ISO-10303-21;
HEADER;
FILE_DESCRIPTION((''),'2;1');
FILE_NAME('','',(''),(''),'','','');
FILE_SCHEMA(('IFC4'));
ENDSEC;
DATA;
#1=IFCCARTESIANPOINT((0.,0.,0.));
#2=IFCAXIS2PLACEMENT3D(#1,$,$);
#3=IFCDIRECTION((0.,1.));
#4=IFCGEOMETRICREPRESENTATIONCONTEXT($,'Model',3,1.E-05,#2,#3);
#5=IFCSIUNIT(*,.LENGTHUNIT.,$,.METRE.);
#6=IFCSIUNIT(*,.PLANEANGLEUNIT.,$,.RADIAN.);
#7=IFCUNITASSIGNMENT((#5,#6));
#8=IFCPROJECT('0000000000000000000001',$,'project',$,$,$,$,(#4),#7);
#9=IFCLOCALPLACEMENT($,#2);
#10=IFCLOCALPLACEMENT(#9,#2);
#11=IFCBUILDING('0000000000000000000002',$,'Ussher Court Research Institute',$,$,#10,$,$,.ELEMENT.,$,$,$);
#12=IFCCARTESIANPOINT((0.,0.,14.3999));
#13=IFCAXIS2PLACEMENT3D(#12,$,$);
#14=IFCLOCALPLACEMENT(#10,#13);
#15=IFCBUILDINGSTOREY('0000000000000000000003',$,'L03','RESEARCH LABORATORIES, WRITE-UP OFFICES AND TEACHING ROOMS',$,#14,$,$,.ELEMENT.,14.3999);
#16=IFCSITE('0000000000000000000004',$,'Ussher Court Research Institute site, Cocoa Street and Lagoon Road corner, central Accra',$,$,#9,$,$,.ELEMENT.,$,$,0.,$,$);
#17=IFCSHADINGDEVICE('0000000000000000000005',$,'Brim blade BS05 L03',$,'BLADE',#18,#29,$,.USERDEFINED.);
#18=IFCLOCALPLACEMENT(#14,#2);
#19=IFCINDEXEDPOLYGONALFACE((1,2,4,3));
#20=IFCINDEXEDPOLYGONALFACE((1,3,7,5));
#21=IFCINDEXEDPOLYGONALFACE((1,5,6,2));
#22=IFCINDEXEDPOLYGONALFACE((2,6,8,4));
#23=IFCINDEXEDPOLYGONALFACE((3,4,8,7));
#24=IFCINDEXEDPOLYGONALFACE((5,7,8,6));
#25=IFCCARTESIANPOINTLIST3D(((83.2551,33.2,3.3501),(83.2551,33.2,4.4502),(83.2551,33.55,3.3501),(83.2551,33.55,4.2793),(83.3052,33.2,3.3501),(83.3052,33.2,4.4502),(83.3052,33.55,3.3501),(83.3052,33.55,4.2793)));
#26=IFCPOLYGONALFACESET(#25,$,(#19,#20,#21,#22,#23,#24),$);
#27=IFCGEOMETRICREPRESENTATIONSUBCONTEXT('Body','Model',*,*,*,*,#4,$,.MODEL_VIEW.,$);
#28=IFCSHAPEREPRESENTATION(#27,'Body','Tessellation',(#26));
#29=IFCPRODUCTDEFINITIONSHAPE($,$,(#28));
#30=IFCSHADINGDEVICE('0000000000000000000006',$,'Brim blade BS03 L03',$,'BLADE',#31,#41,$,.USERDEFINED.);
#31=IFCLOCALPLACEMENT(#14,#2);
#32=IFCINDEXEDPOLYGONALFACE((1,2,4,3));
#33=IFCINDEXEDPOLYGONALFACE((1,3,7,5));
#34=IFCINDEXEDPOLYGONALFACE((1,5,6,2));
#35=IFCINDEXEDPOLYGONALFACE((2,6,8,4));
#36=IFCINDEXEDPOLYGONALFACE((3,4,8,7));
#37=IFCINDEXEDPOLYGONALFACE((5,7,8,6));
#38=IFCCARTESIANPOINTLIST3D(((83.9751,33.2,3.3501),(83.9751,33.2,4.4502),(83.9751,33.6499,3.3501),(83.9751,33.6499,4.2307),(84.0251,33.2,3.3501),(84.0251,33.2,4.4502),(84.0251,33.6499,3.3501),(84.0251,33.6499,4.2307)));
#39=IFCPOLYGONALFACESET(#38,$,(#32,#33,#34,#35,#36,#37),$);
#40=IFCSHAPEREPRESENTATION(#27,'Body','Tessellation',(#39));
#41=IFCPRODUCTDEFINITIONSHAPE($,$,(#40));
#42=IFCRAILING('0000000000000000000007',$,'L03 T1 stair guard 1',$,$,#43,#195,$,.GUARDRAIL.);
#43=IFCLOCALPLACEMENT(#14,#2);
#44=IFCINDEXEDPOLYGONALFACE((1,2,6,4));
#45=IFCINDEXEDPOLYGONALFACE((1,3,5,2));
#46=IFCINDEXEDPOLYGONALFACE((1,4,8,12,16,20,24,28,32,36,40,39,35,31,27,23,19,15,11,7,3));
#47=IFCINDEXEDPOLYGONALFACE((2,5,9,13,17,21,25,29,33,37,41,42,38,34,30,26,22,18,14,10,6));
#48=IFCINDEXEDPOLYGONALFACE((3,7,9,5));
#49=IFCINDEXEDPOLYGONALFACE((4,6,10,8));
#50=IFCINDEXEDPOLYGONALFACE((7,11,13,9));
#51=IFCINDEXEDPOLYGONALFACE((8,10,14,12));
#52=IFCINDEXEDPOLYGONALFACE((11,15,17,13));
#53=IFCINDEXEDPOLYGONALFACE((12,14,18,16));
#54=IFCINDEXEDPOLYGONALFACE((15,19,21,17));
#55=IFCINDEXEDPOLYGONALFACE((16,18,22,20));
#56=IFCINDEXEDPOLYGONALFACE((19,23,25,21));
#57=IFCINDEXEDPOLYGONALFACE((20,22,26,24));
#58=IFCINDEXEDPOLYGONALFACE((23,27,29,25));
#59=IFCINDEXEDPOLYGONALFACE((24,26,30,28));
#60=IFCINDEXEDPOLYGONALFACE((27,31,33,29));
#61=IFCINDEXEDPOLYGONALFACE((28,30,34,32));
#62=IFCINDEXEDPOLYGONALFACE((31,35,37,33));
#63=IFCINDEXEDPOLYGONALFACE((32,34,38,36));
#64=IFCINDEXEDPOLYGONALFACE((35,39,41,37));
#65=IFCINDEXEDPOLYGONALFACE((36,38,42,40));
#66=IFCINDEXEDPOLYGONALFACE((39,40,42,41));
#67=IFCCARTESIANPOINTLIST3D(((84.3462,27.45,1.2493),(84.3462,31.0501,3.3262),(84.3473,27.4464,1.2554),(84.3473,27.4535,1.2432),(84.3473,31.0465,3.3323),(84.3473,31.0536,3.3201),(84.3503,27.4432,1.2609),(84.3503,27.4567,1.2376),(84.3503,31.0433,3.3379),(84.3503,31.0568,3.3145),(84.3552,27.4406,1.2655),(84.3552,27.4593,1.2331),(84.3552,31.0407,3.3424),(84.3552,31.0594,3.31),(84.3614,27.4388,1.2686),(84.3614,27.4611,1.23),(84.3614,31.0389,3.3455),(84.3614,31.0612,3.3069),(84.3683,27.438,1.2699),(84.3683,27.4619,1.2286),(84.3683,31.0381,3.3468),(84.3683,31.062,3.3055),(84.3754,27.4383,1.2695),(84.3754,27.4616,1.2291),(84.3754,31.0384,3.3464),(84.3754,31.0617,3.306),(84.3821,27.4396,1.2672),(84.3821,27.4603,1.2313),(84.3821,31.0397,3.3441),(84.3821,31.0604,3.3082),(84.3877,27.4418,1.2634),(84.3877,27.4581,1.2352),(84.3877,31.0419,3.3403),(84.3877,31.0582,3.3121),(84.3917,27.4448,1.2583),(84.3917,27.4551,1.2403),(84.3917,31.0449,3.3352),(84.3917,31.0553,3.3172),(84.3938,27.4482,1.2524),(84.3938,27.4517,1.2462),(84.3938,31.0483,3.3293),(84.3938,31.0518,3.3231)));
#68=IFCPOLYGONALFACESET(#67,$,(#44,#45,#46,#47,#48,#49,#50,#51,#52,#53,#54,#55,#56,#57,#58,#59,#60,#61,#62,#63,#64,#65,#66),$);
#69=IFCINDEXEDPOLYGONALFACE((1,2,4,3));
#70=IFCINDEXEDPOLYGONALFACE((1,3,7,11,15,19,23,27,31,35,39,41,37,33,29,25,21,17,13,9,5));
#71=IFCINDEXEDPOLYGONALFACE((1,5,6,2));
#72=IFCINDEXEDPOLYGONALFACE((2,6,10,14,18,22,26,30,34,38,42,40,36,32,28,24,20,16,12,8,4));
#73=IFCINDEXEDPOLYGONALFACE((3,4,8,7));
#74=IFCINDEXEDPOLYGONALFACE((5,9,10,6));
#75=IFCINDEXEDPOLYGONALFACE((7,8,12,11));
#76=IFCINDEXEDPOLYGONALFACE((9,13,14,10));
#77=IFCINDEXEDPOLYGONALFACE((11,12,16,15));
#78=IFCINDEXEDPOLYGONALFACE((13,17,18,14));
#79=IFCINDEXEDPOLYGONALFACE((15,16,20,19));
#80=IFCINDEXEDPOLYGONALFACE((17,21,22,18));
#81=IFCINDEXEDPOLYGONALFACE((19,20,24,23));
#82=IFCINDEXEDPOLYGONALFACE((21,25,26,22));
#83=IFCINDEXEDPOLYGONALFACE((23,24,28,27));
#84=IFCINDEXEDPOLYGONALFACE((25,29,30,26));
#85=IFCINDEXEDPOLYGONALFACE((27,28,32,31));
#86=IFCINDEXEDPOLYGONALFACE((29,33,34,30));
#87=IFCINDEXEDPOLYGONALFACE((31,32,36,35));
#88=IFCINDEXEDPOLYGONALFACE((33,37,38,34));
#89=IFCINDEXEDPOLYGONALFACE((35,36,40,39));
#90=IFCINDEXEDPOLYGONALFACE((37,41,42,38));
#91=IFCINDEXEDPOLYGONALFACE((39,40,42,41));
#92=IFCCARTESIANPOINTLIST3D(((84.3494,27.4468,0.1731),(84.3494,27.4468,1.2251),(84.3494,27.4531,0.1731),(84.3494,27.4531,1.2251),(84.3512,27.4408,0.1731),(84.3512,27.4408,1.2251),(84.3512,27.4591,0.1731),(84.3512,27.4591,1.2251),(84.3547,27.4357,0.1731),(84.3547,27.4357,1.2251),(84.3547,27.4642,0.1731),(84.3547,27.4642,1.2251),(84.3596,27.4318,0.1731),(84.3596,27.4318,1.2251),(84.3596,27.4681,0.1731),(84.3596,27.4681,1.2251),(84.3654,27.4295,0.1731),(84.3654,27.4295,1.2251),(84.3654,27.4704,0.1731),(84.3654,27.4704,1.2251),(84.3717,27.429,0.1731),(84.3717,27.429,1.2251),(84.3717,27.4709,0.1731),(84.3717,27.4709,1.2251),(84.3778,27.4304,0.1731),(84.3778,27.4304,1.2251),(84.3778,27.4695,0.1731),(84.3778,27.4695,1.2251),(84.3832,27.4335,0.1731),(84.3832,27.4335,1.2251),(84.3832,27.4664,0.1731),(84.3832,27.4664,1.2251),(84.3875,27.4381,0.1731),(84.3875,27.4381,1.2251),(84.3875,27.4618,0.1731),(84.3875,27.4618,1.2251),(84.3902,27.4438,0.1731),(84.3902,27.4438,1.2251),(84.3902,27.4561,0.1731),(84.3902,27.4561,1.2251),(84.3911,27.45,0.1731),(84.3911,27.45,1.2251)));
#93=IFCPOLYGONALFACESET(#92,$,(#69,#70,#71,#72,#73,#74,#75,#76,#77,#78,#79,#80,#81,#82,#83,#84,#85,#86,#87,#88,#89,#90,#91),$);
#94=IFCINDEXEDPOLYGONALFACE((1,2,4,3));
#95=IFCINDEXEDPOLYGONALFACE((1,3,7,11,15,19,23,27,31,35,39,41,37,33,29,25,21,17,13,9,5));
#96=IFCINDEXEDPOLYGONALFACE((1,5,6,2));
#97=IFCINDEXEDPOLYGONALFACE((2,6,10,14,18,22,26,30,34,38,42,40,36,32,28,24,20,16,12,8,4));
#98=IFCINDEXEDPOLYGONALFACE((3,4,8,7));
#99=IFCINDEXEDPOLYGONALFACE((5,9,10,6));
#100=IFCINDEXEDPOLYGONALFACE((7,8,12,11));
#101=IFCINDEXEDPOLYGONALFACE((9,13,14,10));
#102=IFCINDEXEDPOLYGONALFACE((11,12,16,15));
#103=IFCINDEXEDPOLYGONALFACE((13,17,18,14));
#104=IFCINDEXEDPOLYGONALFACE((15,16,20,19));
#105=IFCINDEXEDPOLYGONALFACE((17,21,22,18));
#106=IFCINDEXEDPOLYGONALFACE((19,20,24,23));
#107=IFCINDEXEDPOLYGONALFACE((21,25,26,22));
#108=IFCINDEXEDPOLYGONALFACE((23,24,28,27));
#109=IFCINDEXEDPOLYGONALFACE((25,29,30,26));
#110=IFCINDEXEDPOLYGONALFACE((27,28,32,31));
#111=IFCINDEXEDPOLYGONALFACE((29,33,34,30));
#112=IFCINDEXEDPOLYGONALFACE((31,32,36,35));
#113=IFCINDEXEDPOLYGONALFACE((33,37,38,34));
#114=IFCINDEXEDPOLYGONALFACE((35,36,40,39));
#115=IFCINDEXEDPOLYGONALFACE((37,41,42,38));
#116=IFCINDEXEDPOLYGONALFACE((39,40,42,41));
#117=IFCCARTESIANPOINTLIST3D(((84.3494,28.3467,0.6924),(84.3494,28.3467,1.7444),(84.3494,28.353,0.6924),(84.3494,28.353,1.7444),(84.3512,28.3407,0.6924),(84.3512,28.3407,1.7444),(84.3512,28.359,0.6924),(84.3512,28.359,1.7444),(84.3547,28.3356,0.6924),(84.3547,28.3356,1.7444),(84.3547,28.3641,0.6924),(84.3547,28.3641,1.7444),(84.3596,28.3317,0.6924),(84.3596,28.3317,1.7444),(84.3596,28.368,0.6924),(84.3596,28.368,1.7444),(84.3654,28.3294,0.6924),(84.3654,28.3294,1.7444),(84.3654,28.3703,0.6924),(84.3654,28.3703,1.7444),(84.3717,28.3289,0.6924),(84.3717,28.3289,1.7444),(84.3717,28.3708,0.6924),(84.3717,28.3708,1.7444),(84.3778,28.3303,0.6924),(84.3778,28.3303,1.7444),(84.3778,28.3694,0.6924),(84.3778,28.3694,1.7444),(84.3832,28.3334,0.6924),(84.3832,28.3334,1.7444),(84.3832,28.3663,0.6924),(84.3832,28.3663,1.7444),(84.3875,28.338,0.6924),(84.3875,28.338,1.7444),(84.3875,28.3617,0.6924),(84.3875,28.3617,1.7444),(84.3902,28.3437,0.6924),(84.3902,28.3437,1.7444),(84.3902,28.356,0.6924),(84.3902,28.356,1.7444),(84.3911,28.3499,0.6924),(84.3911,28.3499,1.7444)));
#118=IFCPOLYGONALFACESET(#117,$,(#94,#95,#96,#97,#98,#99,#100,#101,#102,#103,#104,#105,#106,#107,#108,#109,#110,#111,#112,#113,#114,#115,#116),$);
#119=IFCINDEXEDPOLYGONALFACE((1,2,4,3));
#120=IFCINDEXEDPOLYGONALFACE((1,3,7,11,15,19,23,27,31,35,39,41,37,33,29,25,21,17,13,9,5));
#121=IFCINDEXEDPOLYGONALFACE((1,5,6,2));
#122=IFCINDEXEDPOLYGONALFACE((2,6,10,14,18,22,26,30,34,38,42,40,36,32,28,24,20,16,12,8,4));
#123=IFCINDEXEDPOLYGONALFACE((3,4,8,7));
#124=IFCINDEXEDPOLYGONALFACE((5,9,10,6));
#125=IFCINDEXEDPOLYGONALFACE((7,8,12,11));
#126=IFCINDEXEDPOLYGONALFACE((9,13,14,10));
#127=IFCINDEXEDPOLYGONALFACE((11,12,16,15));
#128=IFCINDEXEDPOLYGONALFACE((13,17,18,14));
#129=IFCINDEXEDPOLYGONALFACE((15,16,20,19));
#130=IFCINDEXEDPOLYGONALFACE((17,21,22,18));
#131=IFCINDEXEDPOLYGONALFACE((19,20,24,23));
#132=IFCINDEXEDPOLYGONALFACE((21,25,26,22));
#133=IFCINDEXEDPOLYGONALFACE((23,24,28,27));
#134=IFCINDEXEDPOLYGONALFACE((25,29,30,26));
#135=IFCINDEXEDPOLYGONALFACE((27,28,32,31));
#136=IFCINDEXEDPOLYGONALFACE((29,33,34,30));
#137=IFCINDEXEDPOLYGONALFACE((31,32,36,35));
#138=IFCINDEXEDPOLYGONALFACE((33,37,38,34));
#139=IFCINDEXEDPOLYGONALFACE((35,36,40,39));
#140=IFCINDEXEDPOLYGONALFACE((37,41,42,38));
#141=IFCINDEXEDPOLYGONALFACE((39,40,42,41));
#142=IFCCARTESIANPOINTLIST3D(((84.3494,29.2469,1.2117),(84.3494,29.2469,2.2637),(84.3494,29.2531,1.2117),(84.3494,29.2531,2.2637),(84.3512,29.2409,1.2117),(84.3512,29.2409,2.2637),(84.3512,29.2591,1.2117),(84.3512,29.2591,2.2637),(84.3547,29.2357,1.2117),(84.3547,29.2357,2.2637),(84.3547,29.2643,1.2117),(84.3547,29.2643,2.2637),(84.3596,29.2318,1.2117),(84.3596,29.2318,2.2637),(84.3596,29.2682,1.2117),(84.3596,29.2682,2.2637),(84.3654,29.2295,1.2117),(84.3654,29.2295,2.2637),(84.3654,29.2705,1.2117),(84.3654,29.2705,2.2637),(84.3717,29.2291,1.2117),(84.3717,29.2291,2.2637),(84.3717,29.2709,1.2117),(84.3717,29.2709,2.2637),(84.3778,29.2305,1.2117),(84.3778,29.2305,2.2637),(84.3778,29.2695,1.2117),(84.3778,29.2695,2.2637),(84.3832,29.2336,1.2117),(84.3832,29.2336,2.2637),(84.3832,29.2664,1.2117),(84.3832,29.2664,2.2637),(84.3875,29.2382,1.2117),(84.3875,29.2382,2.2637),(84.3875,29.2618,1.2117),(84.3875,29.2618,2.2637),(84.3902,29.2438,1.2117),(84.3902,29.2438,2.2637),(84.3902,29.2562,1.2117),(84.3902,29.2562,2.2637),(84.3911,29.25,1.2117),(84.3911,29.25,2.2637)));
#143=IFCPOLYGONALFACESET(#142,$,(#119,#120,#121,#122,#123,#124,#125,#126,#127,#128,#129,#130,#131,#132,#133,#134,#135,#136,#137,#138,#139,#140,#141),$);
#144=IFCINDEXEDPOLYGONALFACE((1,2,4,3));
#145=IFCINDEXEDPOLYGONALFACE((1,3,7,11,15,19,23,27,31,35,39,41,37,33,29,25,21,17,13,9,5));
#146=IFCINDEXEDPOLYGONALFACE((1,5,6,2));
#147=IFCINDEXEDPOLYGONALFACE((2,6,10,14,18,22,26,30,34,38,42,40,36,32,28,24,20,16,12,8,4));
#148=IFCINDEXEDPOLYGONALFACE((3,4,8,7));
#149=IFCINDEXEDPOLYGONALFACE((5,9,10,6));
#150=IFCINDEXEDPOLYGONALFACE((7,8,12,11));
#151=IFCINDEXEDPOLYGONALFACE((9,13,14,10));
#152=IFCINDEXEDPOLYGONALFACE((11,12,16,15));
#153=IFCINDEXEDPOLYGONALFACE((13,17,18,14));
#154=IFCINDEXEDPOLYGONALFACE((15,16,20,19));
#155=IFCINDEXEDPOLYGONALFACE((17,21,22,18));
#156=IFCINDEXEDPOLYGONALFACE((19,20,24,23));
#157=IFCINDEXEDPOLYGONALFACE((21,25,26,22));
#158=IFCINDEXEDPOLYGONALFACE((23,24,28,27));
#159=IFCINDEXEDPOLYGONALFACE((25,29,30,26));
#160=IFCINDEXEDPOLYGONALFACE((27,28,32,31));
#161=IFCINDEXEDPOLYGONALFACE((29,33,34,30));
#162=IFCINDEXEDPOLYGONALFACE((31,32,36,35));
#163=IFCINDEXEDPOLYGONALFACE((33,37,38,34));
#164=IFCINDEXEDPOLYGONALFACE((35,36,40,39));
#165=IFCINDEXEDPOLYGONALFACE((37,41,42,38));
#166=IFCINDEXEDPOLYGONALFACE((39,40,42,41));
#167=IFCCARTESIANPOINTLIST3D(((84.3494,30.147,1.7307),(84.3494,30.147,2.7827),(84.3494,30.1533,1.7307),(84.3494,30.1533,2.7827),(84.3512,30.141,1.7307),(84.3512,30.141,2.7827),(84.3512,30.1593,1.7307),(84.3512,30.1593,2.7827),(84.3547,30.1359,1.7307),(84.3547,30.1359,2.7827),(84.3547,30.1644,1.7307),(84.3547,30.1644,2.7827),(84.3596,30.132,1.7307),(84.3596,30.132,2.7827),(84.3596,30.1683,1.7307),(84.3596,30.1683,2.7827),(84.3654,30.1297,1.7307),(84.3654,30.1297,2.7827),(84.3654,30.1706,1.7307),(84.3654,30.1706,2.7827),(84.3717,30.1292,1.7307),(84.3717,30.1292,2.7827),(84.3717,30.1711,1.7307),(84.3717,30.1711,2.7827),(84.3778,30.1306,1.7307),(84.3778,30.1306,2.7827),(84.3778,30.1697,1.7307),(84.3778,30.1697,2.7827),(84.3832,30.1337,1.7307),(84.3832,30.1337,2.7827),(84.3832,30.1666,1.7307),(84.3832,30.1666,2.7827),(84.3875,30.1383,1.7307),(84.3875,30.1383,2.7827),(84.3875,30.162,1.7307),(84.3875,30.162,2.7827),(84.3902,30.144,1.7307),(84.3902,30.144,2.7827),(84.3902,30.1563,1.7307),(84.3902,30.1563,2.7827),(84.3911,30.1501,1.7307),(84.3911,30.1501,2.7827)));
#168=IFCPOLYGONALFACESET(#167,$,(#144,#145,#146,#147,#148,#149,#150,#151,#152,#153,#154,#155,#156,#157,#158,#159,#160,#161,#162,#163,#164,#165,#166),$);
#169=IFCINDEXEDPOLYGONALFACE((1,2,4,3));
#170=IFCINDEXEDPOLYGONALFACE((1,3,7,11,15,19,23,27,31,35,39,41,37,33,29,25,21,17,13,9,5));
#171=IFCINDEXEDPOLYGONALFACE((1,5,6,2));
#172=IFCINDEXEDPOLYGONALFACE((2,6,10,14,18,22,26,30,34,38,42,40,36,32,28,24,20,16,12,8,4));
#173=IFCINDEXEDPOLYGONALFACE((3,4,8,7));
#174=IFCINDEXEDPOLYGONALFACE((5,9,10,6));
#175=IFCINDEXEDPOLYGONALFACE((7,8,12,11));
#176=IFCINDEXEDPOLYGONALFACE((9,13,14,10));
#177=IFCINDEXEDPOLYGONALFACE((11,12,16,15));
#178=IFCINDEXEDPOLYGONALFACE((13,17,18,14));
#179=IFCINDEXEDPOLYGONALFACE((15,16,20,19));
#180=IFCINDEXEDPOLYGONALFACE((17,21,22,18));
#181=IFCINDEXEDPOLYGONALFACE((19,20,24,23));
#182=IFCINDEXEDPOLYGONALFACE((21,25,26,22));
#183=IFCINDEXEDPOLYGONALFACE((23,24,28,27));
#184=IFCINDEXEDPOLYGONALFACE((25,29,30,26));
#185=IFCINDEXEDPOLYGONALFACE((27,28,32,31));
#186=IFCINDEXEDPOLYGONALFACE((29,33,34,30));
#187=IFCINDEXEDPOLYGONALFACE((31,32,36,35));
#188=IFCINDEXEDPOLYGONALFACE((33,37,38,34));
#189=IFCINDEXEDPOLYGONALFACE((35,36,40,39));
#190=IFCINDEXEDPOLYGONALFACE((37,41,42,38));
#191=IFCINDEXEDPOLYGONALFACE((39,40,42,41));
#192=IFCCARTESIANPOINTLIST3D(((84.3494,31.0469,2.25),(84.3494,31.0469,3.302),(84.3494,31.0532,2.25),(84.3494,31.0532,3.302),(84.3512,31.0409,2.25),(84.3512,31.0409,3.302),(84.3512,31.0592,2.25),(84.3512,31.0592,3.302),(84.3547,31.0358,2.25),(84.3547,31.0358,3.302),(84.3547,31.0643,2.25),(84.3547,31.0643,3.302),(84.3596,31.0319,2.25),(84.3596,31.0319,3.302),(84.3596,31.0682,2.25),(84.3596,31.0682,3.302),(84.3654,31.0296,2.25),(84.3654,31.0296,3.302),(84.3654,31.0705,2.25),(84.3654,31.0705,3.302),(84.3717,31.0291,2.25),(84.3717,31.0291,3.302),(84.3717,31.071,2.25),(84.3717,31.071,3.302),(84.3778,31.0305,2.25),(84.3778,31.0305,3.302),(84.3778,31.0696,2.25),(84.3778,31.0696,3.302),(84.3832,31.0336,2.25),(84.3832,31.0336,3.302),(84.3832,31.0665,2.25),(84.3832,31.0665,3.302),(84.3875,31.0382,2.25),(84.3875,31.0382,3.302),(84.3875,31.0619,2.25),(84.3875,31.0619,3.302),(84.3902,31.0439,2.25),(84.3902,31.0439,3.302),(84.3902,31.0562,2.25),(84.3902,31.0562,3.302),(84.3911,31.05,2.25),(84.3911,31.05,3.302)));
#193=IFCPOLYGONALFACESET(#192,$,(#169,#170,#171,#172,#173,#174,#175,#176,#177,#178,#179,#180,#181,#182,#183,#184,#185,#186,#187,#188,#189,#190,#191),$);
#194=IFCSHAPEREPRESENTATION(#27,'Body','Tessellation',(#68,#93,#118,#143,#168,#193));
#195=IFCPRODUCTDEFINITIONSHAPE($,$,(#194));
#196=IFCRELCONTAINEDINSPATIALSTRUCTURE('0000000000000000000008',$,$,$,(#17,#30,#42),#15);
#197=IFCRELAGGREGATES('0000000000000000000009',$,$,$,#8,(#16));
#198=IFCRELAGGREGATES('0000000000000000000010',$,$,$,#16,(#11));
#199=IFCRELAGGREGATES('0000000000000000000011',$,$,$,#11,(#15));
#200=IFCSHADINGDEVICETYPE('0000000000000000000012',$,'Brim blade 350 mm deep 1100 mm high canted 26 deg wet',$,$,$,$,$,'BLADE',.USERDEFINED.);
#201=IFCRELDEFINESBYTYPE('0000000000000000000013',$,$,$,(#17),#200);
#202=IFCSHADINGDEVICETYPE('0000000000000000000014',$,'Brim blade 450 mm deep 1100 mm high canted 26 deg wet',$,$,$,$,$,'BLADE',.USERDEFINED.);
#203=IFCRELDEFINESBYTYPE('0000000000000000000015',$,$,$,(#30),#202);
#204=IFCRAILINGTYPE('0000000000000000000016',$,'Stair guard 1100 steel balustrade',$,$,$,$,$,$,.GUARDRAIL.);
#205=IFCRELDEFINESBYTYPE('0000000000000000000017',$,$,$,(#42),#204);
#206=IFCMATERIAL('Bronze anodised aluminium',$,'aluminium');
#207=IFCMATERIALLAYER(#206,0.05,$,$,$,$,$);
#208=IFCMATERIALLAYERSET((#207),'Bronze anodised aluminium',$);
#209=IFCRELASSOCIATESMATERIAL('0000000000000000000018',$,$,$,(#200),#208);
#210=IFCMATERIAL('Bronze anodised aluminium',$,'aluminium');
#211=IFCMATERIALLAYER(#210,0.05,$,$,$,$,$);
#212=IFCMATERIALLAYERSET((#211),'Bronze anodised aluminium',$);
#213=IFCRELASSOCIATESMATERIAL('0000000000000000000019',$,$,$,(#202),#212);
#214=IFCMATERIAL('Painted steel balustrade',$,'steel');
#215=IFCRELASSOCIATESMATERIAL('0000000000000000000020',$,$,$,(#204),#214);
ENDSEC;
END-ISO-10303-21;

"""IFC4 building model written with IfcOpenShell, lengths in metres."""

from ifc_helpers import new_model, si_unit, direction, frame, origin, origin_2d, place, context, subcontext, project, spatial, polyline, circle, outline, extrude, material, layer, layer_set, type_object, element, save


model = new_model("IFC4")

# Units and contexts
model_context = context("Model", 3, precision=1e-05, world=origin(), true_north=direction((0.0, 1.0)))
body_context = subcontext(model_context, "Body", "Model", "MODEL_VIEW")
ifc_project = project(units=[si_unit("LENGTHUNIT", "METRE"), si_unit("PLANEANGLEUNIT", "RADIAN")], contexts=[model_context])

# Site, building, storey
site_placement = place(None, origin())
site = spatial("IfcSite", under=ifc_project, at=site_placement, Name="Ussher Court Research Institute site, Cocoa Street and Lagoon Road corner, central Accra", CompositionType="ELEMENT", RefElevation=0.0)
building_placement = place(site_placement, origin())
building = spatial("IfcBuilding", under=site, at=building_placement, Name="Ussher Court Research Institute", CompositionType="ELEMENT")
storey_placement = place(building_placement, frame((0.0, 0.0, 14.3999)))
storey = spatial("IfcBuildingStorey", under=building, at=storey_placement, Name="L03", Description="RESEARCH LABORATORIES, WRITE-UP OFFICES AND TEACHING ROOMS", CompositionType="ELEMENT", Elevation=14.3999)

# Shading devices
ifc_material_1 = material(Name="Bronze anodised aluminium", Category="aluminium")
ifc_layer_1 = layer(ifc_material_1, 0.05)
ifc_layer_set_1 = layer_set([ifc_layer_1], Name="Bronze anodised aluminium")
shading_device_type_1 = type_object("IfcShadingDeviceType", Name="Brim blade 350 mm deep 1100 mm high canted 26 deg wet", ElementType="BLADE", PredefinedType="USERDEFINED", material=ifc_layer_set_1)
shading_device_1_placement = place(storey_placement, frame((83.28, 33.2, 3.3501), z_axis=(0.0, 0.0, 1.0), x_axis=(0.0, 1.0, 0.0)))
element("IfcShadingDevice", 1, at=shading_device_1_placement, inside=storey, type_object=shading_device_type_1, Name="Brim blade BS05 L03", ObjectType="BLADE", PredefinedType="USERDEFINED", context=body_context, shape_type="SweptSolid", body=[
    extrude(outline(polyline([(0.0, 0.0), (0.3501, 0.0), (0.3501, 0.9292), (0.0, 1.1001), (0.0, 0.0)])), frame((0.0, 0.0249, 0.0), z_axis=(0.0, -1.0, 0.0), x_axis=(1.0, 0.0, 0.0)), (0.0, 0.0, 1.0), 0.05),
])
ifc_material_2 = material(Name="Bronze anodised aluminium", Category="aluminium")
ifc_layer_2 = layer(ifc_material_2, 0.05)
ifc_layer_set_2 = layer_set([ifc_layer_2], Name="Bronze anodised aluminium")
shading_device_type_2 = type_object("IfcShadingDeviceType", Name="Brim blade 450 mm deep 1100 mm high canted 26 deg wet", ElementType="BLADE", PredefinedType="USERDEFINED", material=ifc_layer_set_2)
shading_device_2_placement = place(storey_placement, frame((84.0, 33.2, 3.3501), z_axis=(0.0, 0.0, 1.0), x_axis=(0.0, 1.0, 0.0)))
element("IfcShadingDevice", 2, at=shading_device_2_placement, inside=storey, type_object=shading_device_type_2, Name="Brim blade BS03 L03", ObjectType="BLADE", PredefinedType="USERDEFINED", context=body_context, shape_type="SweptSolid", body=[
    extrude(outline(polyline([(0.0, 0.0), (0.45, 0.0), (0.45, 0.8806), (0.0, 1.1001), (0.0, 0.0)])), frame((0.0, 0.0249, 0.0), z_axis=(0.0, -1.0, 0.0), x_axis=(1.0, 0.0, 0.0)), (0.0, 0.0, 1.0), 0.05),
])

# Railing
ifc_material_3 = material(Name="Painted steel balustrade", Category="steel")
railing_type_1 = type_object("IfcRailingType", Name="Stair guard 1100 steel balustrade", PredefinedType="GUARDRAIL", material=ifc_material_3)
railing_1_placement = place(storey_placement, frame((84.3701, 27.45, 0.1731)))
element("IfcRailing", 3, at=railing_1_placement, inside=storey, type_object=railing_type_1, Name="L03 T1 stair guard 1", PredefinedType="GUARDRAIL", context=body_context, shape_type="SweptSolid", body=[
    extrude(circle(Radius=0.0239, at=origin_2d()), frame((0.0, 0.0, 1.0762), z_axis=(0.0, 0.866193, 0.499709), x_axis=(-1.0, 0.0, 0.0)), (0.0, 0.0, 1.0), 4.1562),
    extrude(circle(Radius=0.021, at=origin_2d()), origin(), (0.0, 0.0, 1.0), 1.052),
    extrude(circle(Radius=0.021, at=origin_2d()), frame((0.0, 0.8999, 0.5193)), (0.0, 0.0, 1.0), 1.052),
    extrude(circle(Radius=0.021, at=origin_2d()), frame((0.0, 1.8, 1.0386)), (0.0, 0.0, 1.0), 1.052),
    extrude(circle(Radius=0.021, at=origin_2d()), frame((0.0, 2.7002, 1.5576)), (0.0, 0.0, 1.0), 1.052),
    extrude(circle(Radius=0.021, at=origin_2d()), frame((0.0, 3.6001, 2.0769)), (0.0, 0.0, 1.0), 1.052),
])

save(model, "model.ifc")
